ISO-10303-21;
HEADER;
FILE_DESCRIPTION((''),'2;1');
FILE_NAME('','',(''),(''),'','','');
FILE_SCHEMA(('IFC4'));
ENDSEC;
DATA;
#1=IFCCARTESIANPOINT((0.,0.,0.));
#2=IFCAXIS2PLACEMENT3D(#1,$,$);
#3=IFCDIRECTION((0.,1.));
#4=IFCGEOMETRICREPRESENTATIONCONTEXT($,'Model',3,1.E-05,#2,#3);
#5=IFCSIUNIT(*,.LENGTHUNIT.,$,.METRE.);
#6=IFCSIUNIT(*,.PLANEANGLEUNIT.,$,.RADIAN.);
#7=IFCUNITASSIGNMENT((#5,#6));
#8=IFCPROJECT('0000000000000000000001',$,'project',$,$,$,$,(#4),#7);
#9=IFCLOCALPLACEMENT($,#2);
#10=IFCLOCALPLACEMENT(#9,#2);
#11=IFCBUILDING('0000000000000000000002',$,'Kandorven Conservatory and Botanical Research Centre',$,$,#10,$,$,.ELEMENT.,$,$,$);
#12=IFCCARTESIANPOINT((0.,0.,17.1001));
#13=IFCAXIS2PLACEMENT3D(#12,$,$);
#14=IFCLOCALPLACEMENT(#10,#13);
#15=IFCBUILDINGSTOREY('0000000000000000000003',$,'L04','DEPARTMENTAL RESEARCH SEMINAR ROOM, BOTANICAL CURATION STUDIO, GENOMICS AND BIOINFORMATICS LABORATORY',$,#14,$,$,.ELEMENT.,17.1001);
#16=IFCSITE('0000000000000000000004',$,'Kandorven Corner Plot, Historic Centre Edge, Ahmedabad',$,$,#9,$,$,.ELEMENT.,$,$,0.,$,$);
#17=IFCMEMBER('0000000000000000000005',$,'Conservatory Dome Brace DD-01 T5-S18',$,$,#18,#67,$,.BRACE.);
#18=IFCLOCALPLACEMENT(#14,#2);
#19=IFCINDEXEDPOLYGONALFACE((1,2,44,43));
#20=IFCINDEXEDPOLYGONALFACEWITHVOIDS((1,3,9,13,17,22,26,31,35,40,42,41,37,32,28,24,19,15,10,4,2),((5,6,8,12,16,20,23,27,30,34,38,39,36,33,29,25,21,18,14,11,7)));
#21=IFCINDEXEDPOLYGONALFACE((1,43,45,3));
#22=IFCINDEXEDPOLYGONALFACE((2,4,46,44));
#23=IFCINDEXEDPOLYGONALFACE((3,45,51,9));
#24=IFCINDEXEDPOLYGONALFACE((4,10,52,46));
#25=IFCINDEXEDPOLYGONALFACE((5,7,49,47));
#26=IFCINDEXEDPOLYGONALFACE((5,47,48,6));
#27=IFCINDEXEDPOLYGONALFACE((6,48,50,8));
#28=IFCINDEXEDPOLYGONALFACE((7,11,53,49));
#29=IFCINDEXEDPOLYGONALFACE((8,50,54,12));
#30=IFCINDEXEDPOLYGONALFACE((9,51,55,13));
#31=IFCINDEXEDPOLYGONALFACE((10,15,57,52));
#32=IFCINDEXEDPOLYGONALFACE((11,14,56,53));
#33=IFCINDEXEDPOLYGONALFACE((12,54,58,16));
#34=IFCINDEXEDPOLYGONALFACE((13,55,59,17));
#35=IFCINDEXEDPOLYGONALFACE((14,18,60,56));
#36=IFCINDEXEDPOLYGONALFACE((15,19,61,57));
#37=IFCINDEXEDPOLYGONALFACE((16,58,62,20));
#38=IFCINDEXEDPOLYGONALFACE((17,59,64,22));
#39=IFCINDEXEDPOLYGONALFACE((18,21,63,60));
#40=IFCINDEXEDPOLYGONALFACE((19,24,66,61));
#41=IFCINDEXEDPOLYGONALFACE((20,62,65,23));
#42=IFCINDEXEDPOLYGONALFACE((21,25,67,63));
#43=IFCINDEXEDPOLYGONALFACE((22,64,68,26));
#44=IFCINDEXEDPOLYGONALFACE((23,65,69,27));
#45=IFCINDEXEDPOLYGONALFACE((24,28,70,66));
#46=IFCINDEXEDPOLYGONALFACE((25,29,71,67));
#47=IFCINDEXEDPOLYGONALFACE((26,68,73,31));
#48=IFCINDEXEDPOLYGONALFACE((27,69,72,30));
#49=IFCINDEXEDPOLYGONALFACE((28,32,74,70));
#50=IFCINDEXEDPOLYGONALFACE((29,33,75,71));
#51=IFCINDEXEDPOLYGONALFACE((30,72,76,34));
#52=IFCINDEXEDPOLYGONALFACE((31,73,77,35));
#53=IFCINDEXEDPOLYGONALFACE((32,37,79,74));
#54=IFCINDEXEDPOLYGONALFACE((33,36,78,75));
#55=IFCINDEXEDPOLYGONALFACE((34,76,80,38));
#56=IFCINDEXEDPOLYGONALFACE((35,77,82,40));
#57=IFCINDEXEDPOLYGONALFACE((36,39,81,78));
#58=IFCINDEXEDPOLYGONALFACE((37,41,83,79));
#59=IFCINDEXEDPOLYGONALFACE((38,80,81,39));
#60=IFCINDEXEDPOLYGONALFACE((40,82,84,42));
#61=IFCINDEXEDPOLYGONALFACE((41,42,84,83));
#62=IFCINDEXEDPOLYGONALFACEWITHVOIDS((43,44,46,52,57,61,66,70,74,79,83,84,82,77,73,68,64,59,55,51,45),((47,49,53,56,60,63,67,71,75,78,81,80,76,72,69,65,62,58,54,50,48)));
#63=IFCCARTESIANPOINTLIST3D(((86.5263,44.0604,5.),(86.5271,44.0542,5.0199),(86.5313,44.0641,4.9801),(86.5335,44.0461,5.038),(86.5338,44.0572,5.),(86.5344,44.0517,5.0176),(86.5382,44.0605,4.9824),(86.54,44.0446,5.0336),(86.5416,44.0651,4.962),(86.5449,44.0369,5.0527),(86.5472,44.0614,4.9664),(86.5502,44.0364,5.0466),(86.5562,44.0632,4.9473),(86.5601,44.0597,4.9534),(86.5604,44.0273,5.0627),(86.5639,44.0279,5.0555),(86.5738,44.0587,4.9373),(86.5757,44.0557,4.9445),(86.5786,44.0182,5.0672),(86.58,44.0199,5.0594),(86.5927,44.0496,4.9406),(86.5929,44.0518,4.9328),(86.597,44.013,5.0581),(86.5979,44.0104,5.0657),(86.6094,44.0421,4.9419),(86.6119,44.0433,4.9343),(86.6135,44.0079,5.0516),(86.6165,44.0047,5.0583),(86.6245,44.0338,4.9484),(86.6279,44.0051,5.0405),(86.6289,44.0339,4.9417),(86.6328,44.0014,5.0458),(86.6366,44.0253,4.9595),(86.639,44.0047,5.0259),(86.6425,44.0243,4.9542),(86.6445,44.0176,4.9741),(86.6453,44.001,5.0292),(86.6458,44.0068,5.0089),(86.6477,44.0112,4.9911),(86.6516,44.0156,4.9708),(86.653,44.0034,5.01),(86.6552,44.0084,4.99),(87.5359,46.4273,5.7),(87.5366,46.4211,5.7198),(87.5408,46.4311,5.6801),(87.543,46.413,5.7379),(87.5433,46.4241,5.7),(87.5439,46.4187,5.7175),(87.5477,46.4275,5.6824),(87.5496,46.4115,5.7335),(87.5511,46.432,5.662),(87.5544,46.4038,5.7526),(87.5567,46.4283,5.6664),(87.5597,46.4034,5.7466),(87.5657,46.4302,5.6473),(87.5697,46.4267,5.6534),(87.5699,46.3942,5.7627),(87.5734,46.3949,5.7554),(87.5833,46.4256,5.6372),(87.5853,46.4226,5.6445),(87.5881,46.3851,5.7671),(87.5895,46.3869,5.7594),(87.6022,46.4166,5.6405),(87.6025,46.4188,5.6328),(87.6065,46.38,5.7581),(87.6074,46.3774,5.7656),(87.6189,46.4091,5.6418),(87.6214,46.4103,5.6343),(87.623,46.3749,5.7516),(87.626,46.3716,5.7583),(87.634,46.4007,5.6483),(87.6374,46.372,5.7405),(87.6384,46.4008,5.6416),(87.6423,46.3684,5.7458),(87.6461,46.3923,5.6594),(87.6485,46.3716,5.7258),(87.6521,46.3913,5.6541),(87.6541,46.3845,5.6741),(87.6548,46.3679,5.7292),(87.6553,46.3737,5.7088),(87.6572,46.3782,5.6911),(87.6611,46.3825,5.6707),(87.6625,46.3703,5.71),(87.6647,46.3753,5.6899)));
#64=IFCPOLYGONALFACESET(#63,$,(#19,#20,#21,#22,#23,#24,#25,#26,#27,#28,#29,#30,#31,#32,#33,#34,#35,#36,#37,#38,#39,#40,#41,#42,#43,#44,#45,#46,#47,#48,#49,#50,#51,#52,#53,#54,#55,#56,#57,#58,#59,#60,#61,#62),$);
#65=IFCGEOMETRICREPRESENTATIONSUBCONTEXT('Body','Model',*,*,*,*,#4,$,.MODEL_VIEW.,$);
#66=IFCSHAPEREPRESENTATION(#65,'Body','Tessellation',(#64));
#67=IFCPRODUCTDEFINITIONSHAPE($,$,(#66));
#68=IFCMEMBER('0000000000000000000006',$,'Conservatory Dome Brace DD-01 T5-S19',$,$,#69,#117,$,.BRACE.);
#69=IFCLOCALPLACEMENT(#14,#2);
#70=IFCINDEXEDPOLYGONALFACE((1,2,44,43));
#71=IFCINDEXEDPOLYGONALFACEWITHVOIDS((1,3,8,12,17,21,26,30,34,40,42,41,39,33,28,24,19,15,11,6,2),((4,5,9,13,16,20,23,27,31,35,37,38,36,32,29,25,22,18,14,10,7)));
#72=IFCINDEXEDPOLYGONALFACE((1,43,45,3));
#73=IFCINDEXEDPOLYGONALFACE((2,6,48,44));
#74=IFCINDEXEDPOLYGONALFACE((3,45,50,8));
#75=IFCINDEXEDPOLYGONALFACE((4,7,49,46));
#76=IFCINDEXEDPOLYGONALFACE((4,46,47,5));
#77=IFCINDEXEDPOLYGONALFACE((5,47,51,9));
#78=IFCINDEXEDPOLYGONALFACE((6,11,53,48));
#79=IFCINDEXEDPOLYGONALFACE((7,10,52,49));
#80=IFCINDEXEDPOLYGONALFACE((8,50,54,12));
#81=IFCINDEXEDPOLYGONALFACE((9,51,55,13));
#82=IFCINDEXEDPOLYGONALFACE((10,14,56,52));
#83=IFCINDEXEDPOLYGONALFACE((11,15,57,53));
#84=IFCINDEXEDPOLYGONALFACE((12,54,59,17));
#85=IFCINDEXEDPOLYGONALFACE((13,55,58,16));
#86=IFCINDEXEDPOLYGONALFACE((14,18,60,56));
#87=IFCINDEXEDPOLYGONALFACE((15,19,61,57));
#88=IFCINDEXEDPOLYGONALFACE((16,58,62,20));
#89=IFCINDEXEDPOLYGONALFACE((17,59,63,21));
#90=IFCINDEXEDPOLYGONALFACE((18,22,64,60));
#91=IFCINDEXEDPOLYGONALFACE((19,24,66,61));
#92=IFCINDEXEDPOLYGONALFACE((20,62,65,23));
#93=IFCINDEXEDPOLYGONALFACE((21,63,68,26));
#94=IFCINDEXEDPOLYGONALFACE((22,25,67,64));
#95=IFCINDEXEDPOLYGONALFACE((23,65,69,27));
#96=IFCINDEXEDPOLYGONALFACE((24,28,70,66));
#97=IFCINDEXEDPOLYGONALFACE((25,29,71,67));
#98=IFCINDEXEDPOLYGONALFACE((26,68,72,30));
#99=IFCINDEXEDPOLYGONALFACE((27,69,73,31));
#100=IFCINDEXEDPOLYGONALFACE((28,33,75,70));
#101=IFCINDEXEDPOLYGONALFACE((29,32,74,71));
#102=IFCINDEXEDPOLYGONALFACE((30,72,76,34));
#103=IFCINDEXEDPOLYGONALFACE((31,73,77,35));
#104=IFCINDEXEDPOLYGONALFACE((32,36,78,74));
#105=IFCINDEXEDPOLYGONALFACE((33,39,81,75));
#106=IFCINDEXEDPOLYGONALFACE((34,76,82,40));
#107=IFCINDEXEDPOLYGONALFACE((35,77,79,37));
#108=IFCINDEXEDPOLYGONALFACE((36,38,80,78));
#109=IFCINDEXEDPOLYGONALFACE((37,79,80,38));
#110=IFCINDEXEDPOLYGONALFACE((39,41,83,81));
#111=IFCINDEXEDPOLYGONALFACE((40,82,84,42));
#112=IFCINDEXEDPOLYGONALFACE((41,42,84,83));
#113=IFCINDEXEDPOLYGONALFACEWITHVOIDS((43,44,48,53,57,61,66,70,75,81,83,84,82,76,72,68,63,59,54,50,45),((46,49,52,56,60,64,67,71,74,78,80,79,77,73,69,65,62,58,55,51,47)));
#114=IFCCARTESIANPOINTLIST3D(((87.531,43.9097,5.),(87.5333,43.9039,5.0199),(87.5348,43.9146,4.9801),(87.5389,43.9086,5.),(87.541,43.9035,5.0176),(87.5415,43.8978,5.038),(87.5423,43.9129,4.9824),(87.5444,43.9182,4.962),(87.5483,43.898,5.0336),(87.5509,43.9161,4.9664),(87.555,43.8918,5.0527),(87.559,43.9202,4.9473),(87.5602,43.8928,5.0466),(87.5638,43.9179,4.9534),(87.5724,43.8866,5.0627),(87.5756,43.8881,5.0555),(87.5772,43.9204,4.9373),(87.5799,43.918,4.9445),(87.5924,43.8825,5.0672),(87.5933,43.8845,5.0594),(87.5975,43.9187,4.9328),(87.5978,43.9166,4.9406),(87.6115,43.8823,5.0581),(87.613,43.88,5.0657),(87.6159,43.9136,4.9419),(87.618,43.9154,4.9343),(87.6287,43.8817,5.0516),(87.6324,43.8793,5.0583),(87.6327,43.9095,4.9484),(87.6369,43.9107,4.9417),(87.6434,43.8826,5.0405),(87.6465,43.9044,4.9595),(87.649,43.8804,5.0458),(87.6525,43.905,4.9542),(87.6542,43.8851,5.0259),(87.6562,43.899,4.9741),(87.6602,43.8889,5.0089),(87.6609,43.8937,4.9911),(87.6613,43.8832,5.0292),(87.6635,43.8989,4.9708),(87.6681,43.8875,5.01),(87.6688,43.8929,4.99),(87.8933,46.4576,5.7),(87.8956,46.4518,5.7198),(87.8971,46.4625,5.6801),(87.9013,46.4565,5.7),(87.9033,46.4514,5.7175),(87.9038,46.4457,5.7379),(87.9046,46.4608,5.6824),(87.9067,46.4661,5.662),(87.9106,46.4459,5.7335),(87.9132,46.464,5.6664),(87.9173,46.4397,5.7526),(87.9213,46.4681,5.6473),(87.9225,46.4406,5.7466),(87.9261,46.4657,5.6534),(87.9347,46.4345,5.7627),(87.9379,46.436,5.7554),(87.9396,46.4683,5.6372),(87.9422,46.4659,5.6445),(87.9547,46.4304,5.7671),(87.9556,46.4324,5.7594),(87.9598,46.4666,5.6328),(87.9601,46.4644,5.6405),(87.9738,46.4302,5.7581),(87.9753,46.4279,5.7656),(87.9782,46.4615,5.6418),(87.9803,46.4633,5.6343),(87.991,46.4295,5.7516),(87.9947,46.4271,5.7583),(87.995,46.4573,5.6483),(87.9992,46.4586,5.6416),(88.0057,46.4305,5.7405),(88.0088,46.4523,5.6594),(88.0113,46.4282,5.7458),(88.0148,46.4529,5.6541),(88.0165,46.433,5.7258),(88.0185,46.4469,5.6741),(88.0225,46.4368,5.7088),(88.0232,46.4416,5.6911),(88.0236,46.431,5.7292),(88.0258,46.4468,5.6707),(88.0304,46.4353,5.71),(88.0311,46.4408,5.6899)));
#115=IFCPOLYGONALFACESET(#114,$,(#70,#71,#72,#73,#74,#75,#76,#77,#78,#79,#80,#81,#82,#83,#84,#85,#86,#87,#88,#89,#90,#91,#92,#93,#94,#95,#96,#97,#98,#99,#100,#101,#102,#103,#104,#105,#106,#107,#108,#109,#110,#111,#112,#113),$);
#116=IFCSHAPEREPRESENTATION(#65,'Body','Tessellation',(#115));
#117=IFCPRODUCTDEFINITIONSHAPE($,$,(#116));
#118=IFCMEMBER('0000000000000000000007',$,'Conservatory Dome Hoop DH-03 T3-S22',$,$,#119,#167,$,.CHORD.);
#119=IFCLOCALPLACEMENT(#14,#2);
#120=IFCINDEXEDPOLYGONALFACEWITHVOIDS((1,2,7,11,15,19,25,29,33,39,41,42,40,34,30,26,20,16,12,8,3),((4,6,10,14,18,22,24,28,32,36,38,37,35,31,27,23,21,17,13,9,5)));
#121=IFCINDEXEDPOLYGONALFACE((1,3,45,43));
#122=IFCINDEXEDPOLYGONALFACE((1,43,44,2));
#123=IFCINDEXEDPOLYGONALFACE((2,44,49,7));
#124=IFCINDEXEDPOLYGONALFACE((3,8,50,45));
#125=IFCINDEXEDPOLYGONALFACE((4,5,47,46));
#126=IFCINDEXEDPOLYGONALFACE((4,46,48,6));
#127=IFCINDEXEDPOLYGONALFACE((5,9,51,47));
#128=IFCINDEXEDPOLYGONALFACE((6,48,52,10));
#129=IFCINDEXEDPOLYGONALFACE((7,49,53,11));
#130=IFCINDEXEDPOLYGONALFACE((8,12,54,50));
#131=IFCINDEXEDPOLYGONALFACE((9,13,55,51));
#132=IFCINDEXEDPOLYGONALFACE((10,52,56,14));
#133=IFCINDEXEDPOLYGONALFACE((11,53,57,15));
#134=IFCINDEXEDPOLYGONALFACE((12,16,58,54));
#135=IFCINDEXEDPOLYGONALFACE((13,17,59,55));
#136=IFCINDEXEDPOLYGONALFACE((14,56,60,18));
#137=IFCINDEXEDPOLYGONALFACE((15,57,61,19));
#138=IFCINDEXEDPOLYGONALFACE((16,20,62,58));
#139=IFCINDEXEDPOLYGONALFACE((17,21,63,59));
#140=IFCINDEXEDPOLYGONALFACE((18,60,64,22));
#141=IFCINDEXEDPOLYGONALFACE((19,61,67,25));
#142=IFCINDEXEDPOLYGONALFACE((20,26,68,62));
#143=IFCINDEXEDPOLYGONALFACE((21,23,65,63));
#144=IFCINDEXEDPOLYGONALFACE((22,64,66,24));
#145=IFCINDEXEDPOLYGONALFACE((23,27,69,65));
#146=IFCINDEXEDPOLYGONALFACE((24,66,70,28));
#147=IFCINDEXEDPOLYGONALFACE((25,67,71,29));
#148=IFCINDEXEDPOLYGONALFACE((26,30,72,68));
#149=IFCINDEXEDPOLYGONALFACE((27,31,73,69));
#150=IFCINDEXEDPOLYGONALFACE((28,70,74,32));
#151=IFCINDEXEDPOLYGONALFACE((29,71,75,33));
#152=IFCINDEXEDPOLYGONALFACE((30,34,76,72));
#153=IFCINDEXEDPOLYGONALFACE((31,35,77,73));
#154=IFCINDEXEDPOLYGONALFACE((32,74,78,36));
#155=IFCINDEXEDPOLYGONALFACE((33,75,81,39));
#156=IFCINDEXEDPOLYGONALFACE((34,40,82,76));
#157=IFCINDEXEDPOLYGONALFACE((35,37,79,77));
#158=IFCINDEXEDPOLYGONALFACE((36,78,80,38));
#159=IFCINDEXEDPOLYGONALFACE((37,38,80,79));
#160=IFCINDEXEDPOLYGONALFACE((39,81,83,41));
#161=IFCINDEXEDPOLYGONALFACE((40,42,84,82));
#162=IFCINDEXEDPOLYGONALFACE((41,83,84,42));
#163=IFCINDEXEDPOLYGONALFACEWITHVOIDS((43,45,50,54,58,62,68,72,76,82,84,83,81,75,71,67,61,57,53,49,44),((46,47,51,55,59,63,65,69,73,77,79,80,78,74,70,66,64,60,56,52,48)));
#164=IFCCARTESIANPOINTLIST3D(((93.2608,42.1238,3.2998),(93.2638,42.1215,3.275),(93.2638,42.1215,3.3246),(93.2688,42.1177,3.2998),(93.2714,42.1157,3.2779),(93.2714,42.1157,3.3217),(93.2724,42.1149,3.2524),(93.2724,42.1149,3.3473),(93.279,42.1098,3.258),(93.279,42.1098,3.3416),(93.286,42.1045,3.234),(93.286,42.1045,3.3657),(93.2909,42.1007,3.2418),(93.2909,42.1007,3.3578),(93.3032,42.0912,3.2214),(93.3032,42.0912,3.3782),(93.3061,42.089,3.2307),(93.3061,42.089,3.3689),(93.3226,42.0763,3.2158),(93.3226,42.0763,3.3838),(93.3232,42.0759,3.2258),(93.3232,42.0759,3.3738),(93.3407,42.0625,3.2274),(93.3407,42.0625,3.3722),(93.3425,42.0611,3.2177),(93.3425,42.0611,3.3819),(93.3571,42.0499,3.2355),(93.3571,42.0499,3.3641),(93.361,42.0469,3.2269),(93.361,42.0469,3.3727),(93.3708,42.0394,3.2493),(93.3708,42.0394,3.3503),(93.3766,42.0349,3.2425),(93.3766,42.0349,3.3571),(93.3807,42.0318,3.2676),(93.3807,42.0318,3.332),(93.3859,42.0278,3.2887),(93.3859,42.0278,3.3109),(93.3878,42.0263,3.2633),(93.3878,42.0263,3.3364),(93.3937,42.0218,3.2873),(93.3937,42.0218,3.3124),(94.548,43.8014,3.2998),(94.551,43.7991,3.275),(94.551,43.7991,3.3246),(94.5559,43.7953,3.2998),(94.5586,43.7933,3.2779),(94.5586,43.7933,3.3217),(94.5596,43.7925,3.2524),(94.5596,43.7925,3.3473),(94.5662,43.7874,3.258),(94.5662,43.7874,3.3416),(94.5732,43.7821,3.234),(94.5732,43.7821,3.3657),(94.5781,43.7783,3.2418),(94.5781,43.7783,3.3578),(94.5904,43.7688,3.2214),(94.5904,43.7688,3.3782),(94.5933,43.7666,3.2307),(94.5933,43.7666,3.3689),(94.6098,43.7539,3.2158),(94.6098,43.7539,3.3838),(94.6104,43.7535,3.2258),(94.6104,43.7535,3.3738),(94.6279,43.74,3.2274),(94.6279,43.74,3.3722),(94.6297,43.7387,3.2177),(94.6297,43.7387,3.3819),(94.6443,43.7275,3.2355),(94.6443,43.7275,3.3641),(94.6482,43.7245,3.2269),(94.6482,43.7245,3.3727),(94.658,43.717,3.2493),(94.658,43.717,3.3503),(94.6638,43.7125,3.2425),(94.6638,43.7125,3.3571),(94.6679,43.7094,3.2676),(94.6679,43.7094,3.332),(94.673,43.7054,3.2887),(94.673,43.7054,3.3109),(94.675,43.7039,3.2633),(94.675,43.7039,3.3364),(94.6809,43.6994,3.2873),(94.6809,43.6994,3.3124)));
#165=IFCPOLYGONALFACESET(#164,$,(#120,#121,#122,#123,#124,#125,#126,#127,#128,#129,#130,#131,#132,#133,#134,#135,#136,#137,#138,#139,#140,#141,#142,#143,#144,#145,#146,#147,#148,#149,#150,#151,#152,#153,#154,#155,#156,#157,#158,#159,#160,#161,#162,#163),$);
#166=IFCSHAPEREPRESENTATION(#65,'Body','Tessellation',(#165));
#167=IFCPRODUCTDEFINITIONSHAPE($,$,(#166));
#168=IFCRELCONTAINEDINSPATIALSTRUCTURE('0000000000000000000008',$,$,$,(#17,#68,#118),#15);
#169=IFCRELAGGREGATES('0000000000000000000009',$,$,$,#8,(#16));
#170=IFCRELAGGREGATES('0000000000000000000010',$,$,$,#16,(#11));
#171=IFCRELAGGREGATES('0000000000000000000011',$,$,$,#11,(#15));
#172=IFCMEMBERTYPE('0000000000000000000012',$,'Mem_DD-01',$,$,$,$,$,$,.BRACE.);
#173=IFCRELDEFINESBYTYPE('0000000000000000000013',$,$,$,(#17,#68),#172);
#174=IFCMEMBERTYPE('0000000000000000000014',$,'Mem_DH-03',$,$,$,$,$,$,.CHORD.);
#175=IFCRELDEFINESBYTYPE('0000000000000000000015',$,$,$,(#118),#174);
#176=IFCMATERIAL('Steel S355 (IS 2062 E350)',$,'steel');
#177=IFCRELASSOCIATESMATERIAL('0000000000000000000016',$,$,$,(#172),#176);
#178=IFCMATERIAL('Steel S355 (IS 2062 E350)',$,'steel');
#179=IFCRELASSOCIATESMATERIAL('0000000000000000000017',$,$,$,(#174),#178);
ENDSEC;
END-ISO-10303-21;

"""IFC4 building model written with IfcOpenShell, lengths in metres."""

from ifc_helpers import new_model, si_unit, direction, frame, origin, origin_2d, place, context, subcontext, project, spatial, hollow_circle, extrude, material, material_profile, profile_set, type_object, element, save


model = new_model("IFC4")

# Units and contexts
model_context = context("Model", 3, precision=1e-05, world=origin(), true_north=direction((0.0, 1.0)))
body_context = subcontext(model_context, "Body", "Model", "MODEL_VIEW")
ifc_project = project(units=[si_unit("LENGTHUNIT", "METRE"), si_unit("PLANEANGLEUNIT", "RADIAN")], contexts=[model_context])

# Site, building, storey
site_placement = place(None, origin())
site = spatial("IfcSite", under=ifc_project, at=site_placement, Name="Kandorven Corner Plot, Historic Centre Edge, Ahmedabad", CompositionType="ELEMENT", RefElevation=0.0)
building_placement = place(site_placement, origin())
building = spatial("IfcBuilding", under=site, at=building_placement, Name="Kandorven Conservatory and Botanical Research Centre", CompositionType="ELEMENT")
storey_placement = place(building_placement, frame((0.0, 0.0, 17.1001)))
storey = spatial("IfcBuildingStorey", under=building, at=storey_placement, Name="L04", Description="DEPARTMENTAL RESEARCH SEMINAR ROOM, BOTANICAL CURATION STUDIO, GENOMICS AND BIOINFORMATICS LABORATORY", CompositionType="ELEMENT", Elevation=17.1001)

# Members
ifc_material_1 = material(Name="Steel S355 (IS 2062 E350)", Category="steel")
ifc_material_profile_1 = material_profile(ifc_material_1, hollow_circle(Radius=0.0698, WallThickness=0.0081, at=origin_2d()))
ifc_profile_set_1 = profile_set([ifc_material_profile_1], Name="Steel S355 (IS 2062 E350)")
member_type_1 = type_object("IfcMemberType", Name="Mem_DD-01", PredefinedType="BRACE", material=ifc_profile_set_1)
member_1_placement = place(storey_placement, frame((86.5906, 44.033, 5.0), z_axis=(0.378561, 0.88758, 0.262475), x_axis=(-0.919831, 0.392316, 0.0)))
element("IfcMember", 1, at=member_1_placement, inside=storey, type_object=member_type_1, Name="Conservatory Dome Brace DD-01 T5-S18", PredefinedType="BRACE", context=body_context, shape_type="SweptSolid", body=[
    extrude(hollow_circle(Radius=0.0698, WallThickness=0.0081, at=origin_2d()), origin(), (0.0, 0.0, 1.0), 2.6667),
])
member_2_placement = place(storey_placement, frame((87.6001, 43.8999, 5.0), z_axis=(0.135849, 0.955335, 0.262452), x_axis=(-0.99004, 0.140784, 0.0)))
element("IfcMember", 2, at=member_2_placement, inside=storey, type_object=member_type_1, Name="Conservatory Dome Brace DD-01 T5-S19", PredefinedType="BRACE", context=body_context, shape_type="SweptSolid", body=[
    extrude(hollow_circle(Radius=0.0698, WallThickness=0.0081, at=origin_2d()), origin(), (0.0, 0.0, 1.0), 2.667),
])
ifc_material_2 = material(Name="Steel S355 (IS 2062 E350)", Category="steel")
ifc_material_profile_2 = material_profile(ifc_material_2, hollow_circle(Radius=0.0842, WallThickness=0.01, at=origin_2d()))
ifc_profile_set_2 = profile_set([ifc_material_profile_2], Name="Steel S355 (IS 2062 E350)")
member_type_2 = type_object("IfcMemberType", Name="Mem_DH-03", PredefinedType="CHORD", material=ifc_profile_set_2)
for number, where, z_axis, x_axis, name in (
    (3, (93.3276, 42.0725, 3.2998), (0.608739, 0.79337, 0.0), (-0.79337, 0.608739, 0.0), "Conservatory Dome Hoop DH-03 T3-S22"),
):
    element("IfcMember", number, at=place(storey_placement, frame(where, z_axis=z_axis, x_axis=x_axis)), inside=storey, type_object=member_type_2, Name=name, PredefinedType="CHORD", context=body_context, shape_type="SweptSolid", body=[
        extrude(hollow_circle(Radius=0.0842, WallThickness=0.01, at=origin_2d()), origin(), (0.0, 0.0, 1.0), 2.1145),
    ])

save(model, "model.ifc")
